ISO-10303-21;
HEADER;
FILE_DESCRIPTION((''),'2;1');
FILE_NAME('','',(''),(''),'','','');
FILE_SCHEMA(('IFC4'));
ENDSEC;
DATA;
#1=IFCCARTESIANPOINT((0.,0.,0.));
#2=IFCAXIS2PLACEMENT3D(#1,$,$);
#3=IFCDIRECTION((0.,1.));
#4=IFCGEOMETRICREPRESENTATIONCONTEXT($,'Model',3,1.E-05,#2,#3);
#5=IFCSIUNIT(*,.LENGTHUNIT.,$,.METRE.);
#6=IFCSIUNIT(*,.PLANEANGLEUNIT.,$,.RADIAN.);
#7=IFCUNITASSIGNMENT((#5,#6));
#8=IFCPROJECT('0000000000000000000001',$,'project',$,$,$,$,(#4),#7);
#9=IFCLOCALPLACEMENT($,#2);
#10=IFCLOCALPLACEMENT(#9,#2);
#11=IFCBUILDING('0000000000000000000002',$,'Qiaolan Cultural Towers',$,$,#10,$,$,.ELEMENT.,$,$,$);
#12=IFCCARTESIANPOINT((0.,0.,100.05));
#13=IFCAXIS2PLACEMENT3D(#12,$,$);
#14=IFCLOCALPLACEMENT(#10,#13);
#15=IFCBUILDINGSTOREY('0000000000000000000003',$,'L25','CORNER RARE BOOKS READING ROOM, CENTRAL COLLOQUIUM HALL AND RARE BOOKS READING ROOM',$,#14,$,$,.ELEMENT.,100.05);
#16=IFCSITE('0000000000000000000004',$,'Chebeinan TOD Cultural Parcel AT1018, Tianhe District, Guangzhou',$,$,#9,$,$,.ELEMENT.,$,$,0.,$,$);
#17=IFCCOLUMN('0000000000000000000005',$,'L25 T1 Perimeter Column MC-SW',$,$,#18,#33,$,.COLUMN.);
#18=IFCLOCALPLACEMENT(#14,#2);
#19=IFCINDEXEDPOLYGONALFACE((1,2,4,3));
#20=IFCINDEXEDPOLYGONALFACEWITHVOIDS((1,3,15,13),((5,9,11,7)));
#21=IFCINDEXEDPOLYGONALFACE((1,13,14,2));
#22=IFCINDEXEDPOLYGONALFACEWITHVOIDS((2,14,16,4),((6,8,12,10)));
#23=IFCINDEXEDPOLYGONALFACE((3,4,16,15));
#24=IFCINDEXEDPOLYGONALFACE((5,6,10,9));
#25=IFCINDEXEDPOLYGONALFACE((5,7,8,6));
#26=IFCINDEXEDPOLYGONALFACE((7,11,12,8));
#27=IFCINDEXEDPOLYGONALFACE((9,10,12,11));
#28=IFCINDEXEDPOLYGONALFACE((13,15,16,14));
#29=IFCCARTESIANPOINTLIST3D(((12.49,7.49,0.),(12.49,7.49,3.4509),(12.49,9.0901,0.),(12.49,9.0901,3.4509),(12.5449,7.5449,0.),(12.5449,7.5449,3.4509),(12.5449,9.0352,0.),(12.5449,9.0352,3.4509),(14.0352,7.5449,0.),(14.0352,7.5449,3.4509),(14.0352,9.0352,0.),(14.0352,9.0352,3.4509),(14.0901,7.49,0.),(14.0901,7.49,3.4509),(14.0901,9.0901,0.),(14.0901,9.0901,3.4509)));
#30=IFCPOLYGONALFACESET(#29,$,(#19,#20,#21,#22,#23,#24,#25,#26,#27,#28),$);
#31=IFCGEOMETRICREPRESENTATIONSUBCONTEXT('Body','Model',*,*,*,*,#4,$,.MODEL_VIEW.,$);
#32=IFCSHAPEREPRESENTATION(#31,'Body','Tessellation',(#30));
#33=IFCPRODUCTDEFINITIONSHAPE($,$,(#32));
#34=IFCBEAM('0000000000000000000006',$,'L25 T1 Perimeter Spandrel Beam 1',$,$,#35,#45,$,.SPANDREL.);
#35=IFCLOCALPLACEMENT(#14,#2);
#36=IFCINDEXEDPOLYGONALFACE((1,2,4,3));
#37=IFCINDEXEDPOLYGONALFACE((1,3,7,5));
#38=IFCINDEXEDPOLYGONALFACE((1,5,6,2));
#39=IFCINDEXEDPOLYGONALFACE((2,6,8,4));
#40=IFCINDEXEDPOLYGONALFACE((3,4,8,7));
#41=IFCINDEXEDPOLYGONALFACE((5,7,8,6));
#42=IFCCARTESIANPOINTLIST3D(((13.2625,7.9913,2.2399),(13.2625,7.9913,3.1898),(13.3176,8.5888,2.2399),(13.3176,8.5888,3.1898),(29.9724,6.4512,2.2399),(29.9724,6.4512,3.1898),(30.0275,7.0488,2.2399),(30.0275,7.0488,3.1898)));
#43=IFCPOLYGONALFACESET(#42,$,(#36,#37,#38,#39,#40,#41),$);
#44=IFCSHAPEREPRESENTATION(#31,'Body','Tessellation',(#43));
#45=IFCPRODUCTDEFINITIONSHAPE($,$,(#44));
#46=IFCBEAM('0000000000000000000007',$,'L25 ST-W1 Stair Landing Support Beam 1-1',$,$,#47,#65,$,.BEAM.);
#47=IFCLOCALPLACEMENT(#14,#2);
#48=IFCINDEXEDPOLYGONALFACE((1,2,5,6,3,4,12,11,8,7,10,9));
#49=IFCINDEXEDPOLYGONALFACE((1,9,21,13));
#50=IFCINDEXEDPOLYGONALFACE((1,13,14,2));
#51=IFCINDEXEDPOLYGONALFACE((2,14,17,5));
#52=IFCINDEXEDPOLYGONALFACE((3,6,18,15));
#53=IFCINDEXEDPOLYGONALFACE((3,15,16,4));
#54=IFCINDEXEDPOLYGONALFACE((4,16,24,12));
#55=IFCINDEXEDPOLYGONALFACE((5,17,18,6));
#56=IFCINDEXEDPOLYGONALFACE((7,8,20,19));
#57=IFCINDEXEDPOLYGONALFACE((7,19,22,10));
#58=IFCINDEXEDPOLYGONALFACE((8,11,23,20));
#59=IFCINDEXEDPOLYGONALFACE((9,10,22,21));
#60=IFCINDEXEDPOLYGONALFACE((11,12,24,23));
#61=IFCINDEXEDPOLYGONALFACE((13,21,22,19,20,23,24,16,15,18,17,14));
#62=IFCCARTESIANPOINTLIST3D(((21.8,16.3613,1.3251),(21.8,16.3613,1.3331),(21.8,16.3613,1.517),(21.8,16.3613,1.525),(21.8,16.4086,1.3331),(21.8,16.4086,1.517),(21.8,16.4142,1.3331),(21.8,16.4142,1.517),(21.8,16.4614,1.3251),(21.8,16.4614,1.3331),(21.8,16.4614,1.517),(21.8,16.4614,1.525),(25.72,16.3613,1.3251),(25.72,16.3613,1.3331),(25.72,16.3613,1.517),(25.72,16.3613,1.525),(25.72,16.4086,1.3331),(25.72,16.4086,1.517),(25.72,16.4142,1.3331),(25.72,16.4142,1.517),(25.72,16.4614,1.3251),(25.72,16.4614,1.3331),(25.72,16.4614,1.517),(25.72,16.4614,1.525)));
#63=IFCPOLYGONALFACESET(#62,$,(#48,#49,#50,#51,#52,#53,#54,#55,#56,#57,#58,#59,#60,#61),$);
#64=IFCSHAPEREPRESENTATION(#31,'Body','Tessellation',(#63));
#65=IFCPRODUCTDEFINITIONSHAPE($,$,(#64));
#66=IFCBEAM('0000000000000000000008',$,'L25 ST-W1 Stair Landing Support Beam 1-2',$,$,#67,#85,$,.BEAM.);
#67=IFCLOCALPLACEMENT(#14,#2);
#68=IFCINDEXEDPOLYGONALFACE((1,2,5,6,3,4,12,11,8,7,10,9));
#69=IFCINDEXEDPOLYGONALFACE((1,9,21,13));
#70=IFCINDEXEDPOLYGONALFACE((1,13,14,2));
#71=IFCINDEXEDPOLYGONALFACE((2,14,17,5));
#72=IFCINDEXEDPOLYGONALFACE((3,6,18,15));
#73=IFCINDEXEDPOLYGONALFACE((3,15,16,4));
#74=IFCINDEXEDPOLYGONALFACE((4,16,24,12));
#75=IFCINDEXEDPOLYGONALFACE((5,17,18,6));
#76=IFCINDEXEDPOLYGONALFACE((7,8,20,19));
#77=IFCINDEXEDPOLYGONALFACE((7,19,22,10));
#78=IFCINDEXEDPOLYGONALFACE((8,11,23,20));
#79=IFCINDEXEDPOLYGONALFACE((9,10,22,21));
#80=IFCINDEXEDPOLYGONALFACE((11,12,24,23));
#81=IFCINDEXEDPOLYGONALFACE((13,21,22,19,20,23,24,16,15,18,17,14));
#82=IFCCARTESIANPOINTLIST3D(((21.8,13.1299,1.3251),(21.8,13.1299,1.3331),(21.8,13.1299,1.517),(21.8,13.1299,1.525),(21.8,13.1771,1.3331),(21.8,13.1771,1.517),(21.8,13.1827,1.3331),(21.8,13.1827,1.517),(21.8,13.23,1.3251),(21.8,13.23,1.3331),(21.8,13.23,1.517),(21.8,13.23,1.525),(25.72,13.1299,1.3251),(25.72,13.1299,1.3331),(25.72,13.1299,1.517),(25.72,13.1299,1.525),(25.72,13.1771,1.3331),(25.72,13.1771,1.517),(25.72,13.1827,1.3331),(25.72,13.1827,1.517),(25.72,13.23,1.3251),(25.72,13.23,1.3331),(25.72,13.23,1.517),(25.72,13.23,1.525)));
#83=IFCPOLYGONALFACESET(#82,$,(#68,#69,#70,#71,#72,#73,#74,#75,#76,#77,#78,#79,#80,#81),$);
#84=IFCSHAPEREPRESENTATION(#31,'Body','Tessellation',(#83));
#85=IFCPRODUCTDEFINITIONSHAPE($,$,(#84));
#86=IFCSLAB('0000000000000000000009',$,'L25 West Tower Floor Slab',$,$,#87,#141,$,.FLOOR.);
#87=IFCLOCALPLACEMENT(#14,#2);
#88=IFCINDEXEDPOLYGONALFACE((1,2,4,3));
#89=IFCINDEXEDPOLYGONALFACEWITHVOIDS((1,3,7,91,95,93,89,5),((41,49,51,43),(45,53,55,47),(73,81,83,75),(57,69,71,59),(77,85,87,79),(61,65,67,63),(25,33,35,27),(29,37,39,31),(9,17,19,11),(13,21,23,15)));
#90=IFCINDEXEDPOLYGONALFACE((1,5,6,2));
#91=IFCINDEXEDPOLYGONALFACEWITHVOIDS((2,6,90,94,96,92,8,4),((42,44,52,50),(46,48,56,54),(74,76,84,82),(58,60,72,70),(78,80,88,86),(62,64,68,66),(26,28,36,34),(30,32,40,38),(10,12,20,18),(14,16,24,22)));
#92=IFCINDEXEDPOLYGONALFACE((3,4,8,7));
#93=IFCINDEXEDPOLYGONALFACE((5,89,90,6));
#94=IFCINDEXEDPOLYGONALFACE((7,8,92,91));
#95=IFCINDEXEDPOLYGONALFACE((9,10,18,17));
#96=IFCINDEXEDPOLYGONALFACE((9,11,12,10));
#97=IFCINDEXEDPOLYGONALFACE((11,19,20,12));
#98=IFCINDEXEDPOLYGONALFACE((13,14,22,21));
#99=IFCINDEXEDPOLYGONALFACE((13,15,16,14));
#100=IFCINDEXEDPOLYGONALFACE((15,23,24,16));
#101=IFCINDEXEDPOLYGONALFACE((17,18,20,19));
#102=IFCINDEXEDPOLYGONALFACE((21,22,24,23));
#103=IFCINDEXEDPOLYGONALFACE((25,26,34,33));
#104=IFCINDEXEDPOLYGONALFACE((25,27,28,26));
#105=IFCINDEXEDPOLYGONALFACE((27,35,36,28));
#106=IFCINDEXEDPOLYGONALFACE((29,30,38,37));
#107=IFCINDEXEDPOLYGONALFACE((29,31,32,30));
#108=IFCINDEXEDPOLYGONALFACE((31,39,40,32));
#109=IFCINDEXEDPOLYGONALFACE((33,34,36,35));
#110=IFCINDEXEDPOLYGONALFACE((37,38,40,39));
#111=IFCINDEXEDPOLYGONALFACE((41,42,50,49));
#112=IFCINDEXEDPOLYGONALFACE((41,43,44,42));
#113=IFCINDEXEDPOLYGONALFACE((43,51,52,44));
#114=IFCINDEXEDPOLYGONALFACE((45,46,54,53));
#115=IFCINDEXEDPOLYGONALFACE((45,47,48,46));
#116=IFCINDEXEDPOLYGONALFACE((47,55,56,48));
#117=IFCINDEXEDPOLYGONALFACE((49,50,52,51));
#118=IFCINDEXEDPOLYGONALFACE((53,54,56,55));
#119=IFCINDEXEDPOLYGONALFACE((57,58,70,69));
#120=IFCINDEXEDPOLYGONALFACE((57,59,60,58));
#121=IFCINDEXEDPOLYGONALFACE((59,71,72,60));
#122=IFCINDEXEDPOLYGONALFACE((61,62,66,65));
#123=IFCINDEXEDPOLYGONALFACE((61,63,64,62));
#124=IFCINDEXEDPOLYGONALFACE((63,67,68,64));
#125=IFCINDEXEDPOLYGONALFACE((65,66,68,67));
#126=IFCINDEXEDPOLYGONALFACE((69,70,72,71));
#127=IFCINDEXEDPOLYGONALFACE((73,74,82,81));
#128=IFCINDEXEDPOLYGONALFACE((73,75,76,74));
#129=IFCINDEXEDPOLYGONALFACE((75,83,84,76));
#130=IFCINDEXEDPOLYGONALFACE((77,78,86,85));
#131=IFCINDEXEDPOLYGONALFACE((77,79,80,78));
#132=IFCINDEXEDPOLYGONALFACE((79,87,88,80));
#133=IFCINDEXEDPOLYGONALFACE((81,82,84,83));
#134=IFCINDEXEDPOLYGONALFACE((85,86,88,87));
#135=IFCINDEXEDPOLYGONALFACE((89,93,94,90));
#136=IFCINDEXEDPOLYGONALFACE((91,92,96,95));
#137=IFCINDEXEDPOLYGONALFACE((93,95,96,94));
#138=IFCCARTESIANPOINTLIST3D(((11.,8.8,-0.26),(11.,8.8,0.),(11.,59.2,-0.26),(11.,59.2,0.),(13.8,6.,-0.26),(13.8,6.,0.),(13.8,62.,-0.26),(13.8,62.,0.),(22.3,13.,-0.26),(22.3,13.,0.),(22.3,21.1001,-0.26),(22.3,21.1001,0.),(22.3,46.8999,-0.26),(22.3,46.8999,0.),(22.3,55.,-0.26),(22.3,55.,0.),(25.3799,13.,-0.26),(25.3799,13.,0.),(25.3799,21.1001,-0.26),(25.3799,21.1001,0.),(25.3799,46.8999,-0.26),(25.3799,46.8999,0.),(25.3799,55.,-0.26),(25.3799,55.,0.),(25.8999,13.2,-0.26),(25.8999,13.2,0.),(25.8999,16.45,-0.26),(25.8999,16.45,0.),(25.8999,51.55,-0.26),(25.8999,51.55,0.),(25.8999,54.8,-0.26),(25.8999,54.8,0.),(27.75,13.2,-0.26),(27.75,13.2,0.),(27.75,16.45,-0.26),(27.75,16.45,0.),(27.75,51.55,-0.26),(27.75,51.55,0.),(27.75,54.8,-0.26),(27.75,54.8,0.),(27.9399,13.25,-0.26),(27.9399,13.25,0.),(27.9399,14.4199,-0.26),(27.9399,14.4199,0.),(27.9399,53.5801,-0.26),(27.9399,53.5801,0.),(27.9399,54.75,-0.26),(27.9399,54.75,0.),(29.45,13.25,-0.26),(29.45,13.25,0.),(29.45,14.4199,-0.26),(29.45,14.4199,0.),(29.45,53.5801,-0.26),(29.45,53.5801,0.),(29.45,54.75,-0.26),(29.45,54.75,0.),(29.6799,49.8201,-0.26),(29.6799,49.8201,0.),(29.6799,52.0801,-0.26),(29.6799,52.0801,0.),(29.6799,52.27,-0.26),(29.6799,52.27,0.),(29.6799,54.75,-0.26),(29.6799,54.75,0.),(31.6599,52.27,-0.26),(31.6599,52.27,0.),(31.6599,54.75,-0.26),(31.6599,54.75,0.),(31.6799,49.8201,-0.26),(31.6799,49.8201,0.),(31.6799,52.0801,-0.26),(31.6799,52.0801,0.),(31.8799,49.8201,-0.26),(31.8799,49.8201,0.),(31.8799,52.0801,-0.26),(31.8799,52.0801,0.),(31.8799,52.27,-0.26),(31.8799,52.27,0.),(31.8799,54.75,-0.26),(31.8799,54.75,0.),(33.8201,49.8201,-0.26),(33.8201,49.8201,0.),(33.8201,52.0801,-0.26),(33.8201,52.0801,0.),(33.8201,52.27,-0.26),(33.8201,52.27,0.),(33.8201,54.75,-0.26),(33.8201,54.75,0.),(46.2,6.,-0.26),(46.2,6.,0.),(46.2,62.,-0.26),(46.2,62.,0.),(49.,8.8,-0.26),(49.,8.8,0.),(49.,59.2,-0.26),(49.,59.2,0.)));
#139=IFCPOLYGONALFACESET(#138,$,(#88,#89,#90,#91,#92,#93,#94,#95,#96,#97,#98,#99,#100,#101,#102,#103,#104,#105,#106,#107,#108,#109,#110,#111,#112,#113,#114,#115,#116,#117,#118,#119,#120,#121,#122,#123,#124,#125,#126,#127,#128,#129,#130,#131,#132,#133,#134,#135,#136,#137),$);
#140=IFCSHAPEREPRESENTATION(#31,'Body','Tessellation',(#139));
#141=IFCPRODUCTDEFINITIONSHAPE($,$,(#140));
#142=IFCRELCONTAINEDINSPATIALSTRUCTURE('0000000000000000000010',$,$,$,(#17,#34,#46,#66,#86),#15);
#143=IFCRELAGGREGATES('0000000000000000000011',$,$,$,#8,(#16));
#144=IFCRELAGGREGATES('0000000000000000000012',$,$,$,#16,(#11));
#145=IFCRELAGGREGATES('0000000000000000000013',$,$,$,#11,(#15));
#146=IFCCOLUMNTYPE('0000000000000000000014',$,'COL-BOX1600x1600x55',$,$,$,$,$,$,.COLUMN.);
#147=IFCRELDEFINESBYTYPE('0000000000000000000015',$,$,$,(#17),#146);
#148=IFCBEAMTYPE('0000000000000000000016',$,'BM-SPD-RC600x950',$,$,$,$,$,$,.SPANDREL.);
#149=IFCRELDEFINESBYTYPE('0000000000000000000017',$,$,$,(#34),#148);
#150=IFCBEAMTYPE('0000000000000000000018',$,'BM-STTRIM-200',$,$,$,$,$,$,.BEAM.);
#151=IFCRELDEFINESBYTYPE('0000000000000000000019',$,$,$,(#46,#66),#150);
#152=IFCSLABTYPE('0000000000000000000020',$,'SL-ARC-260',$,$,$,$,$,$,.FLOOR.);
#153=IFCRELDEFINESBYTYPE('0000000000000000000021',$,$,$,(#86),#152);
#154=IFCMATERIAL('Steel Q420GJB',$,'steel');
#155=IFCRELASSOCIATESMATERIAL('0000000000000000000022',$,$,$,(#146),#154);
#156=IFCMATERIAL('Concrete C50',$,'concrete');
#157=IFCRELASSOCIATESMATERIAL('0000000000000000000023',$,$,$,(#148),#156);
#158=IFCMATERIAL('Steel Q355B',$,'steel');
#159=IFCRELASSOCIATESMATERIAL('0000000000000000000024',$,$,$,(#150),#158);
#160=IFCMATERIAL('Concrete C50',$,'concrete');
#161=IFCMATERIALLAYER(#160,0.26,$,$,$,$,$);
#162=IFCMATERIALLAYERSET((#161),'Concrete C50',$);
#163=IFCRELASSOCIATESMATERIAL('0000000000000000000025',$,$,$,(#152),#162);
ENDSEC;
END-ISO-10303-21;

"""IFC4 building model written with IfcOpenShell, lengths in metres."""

from ifc_helpers import new_model, si_unit, direction, frame, origin, origin_2d, place, context, subcontext, project, spatial, polyline, rectangle, hollow_rectangle, i_section, outline, extrude, material, layer, layer_set, material_profile, profile_set, type_object, element, save


model = new_model("IFC4")

# Units and contexts
model_context = context("Model", 3, precision=1e-05, world=origin(), true_north=direction((0.0, 1.0)))
body_context = subcontext(model_context, "Body", "Model", "MODEL_VIEW")
ifc_project = project(units=[si_unit("LENGTHUNIT", "METRE"), si_unit("PLANEANGLEUNIT", "RADIAN")], contexts=[model_context])

# Site, building, storey
site_placement = place(None, origin())
site = spatial("IfcSite", under=ifc_project, at=site_placement, Name="Chebeinan TOD Cultural Parcel AT1018, Tianhe District, Guangzhou", CompositionType="ELEMENT", RefElevation=0.0)
building_placement = place(site_placement, origin())
building = spatial("IfcBuilding", under=site, at=building_placement, Name="Qiaolan Cultural Towers", CompositionType="ELEMENT")
storey_placement = place(building_placement, frame((0.0, 0.0, 100.05)))
storey = spatial("IfcBuildingStorey", under=building, at=storey_placement, Name="L25", Description="CORNER RARE BOOKS READING ROOM, CENTRAL COLLOQUIUM HALL AND RARE BOOKS READING ROOM", CompositionType="ELEMENT", Elevation=100.05)

# Column
ifc_material_1 = material(Name="Steel Q420GJB", Category="steel")
ifc_material_profile_1 = material_profile(ifc_material_1, hollow_rectangle(XDim=1.6001, YDim=1.6001, WallThickness=0.0549, at=origin_2d()), Name="BOX1600x1600x55")
ifc_profile_set_1 = profile_set([ifc_material_profile_1], Name="Steel Q420GJB")
column_type = type_object("IfcColumnType", Name="COL-BOX1600x1600x55", PredefinedType="COLUMN", material=ifc_profile_set_1)
column_placement = place(storey_placement, frame((13.29, 8.29, 0.0), z_axis=(0.0, 0.0, 1.0), x_axis=(1.0, 0.0, 0.0)))
element("IfcColumn", 1, at=column_placement, inside=storey, type_object=column_type, Name="L25 T1 Perimeter Column MC-SW", PredefinedType="COLUMN", context=body_context, shape_type="SweptSolid", body=[
    extrude(hollow_rectangle(XDim=1.6001, YDim=1.6001, WallThickness=0.0549, at=origin_2d()), origin(), (0.0, 0.0, 1.0), 3.4509),
])

# Beams
ifc_material_2 = material(Name="Concrete C50", Category="concrete")
ifc_material_profile_2 = material_profile(ifc_material_2, rectangle(XDim=0.6001, YDim=0.95, at=origin_2d()), Name="RC600x950")
ifc_profile_set_2 = profile_set([ifc_material_profile_2], Name="Concrete C50")
beam_type_1 = type_object("IfcBeamType", Name="BM-SPD-RC600x950", PredefinedType="SPANDREL", material=ifc_profile_set_2)
beam_placement = place(storey_placement, frame((13.29, 8.29, 2.7148), z_axis=(0.99578, -0.091774, 0.0), x_axis=(0.091774, 0.99578, 0.0)))
element("IfcBeam", 2, at=beam_placement, inside=storey, type_object=beam_type_1, Name="L25 T1 Perimeter Spandrel Beam 1", PredefinedType="SPANDREL", context=body_context, shape_type="SweptSolid", body=[
    extrude(rectangle(XDim=0.6001, YDim=0.95, at=origin_2d()), origin(), (0.0, 0.0, 1.0), 16.7808),
])
ifc_material_3 = material(Name="Steel Q355B", Category="steel")
ifc_material_profile_3 = material_profile(ifc_material_3, i_section(OverallWidth=0.1001, OverallDepth=0.2, WebThickness=0.0056, FlangeThickness=0.0081, at=origin_2d()), Name="HN200x100x5.5x8")
ifc_profile_set_3 = profile_set([ifc_material_profile_3], Name="Steel Q355B")
beam_type_2 = type_object("IfcBeamType", Name="BM-STTRIM-200", PredefinedType="BEAM", material=ifc_profile_set_3)
for number, where, z_axis, x_axis, name in (
    (3, (21.8, 16.4114, 1.425), (1.0, 0.0, 0.0), (0.0, 1.0, 0.0), "L25 ST-W1 Stair Landing Support Beam 1-1"),
    (4, (21.8, 13.1799, 1.425), (1.0, 0.0, 0.0), (0.0, 1.0, 0.0), "L25 ST-W1 Stair Landing Support Beam 1-2"),
):
    element("IfcBeam", number, at=place(storey_placement, frame(where, z_axis=z_axis, x_axis=x_axis)), inside=storey, type_object=beam_type_2, Name=name, PredefinedType="BEAM", context=body_context, shape_type="SweptSolid", body=[
        extrude(i_section(OverallWidth=0.1001, OverallDepth=0.2, WebThickness=0.0056, FlangeThickness=0.0081, at=origin_2d()), origin(), (0.0, 0.0, 1.0), 3.9199),
    ])

# Slab
ifc_material_4 = material(Name="Concrete C50", Category="concrete")
ifc_layer_1 = layer(ifc_material_4, 0.26)
ifc_layer_set_1 = layer_set([ifc_layer_1], Name="Concrete C50")
slab_type_1 = type_object("IfcSlabType", Name="SL-ARC-260", PredefinedType="FLOOR", material=ifc_layer_set_1)
slab_1_placement = place(storey_placement, frame((0.0, 0.0, -0.26)))
element("IfcSlab", 5, at=slab_1_placement, inside=storey, type_object=slab_type_1, Name="L25 West Tower Floor Slab", PredefinedType="FLOOR", context=body_context, shape_type="SweptSolid", body=[
    extrude(outline(polyline([(13.8, 6.0), (46.2, 6.0), (49.0, 8.8), (49.0, 59.2), (46.2, 62.0), (13.8, 62.0), (11.0, 59.2), (11.0, 8.8), (13.8, 6.0)]), holes=[polyline([(22.3, 21.1001), (22.3, 13.0), (25.3799, 13.0), (25.3799, 21.1001), (22.3, 21.1001)]), polyline([(25.3799, 46.8999), (25.3799, 55.0), (22.3, 55.0), (22.3, 46.8999), (25.3799, 46.8999)]), polyline([(25.8999, 13.2), (27.75, 13.2), (27.75, 16.45), (25.8999, 16.45), (25.8999, 13.2)]), polyline([(27.9399, 13.25), (29.45, 13.25), (29.45, 14.4199), (27.9399, 14.4199), (27.9399, 13.25)]), polyline([(25.8999, 51.55), (27.75, 51.55), (27.75, 54.8), (25.8999, 54.8), (25.8999, 51.55)]), polyline([(27.9399, 53.5801), (29.45, 53.5801), (29.45, 54.75), (27.9399, 54.75), (27.9399, 53.5801)]), polyline([(29.6799, 49.8201), (31.6799, 49.8201), (31.6799, 52.0801), (29.6799, 52.0801), (29.6799, 49.8201)]), polyline([(31.8799, 49.8201), (33.8201, 49.8201), (33.8201, 52.0801), (31.8799, 52.0801), (31.8799, 49.8201)]), polyline([(29.6799, 52.27), (31.6599, 52.27), (31.6599, 54.75), (29.6799, 54.75), (29.6799, 52.27)]), polyline([(31.8799, 52.27), (33.8201, 52.27), (33.8201, 54.75), (31.8799, 54.75), (31.8799, 52.27)])]), origin(), (0.0, 0.0, 1.0), 0.26),
])

save(model, "model.ifc")
